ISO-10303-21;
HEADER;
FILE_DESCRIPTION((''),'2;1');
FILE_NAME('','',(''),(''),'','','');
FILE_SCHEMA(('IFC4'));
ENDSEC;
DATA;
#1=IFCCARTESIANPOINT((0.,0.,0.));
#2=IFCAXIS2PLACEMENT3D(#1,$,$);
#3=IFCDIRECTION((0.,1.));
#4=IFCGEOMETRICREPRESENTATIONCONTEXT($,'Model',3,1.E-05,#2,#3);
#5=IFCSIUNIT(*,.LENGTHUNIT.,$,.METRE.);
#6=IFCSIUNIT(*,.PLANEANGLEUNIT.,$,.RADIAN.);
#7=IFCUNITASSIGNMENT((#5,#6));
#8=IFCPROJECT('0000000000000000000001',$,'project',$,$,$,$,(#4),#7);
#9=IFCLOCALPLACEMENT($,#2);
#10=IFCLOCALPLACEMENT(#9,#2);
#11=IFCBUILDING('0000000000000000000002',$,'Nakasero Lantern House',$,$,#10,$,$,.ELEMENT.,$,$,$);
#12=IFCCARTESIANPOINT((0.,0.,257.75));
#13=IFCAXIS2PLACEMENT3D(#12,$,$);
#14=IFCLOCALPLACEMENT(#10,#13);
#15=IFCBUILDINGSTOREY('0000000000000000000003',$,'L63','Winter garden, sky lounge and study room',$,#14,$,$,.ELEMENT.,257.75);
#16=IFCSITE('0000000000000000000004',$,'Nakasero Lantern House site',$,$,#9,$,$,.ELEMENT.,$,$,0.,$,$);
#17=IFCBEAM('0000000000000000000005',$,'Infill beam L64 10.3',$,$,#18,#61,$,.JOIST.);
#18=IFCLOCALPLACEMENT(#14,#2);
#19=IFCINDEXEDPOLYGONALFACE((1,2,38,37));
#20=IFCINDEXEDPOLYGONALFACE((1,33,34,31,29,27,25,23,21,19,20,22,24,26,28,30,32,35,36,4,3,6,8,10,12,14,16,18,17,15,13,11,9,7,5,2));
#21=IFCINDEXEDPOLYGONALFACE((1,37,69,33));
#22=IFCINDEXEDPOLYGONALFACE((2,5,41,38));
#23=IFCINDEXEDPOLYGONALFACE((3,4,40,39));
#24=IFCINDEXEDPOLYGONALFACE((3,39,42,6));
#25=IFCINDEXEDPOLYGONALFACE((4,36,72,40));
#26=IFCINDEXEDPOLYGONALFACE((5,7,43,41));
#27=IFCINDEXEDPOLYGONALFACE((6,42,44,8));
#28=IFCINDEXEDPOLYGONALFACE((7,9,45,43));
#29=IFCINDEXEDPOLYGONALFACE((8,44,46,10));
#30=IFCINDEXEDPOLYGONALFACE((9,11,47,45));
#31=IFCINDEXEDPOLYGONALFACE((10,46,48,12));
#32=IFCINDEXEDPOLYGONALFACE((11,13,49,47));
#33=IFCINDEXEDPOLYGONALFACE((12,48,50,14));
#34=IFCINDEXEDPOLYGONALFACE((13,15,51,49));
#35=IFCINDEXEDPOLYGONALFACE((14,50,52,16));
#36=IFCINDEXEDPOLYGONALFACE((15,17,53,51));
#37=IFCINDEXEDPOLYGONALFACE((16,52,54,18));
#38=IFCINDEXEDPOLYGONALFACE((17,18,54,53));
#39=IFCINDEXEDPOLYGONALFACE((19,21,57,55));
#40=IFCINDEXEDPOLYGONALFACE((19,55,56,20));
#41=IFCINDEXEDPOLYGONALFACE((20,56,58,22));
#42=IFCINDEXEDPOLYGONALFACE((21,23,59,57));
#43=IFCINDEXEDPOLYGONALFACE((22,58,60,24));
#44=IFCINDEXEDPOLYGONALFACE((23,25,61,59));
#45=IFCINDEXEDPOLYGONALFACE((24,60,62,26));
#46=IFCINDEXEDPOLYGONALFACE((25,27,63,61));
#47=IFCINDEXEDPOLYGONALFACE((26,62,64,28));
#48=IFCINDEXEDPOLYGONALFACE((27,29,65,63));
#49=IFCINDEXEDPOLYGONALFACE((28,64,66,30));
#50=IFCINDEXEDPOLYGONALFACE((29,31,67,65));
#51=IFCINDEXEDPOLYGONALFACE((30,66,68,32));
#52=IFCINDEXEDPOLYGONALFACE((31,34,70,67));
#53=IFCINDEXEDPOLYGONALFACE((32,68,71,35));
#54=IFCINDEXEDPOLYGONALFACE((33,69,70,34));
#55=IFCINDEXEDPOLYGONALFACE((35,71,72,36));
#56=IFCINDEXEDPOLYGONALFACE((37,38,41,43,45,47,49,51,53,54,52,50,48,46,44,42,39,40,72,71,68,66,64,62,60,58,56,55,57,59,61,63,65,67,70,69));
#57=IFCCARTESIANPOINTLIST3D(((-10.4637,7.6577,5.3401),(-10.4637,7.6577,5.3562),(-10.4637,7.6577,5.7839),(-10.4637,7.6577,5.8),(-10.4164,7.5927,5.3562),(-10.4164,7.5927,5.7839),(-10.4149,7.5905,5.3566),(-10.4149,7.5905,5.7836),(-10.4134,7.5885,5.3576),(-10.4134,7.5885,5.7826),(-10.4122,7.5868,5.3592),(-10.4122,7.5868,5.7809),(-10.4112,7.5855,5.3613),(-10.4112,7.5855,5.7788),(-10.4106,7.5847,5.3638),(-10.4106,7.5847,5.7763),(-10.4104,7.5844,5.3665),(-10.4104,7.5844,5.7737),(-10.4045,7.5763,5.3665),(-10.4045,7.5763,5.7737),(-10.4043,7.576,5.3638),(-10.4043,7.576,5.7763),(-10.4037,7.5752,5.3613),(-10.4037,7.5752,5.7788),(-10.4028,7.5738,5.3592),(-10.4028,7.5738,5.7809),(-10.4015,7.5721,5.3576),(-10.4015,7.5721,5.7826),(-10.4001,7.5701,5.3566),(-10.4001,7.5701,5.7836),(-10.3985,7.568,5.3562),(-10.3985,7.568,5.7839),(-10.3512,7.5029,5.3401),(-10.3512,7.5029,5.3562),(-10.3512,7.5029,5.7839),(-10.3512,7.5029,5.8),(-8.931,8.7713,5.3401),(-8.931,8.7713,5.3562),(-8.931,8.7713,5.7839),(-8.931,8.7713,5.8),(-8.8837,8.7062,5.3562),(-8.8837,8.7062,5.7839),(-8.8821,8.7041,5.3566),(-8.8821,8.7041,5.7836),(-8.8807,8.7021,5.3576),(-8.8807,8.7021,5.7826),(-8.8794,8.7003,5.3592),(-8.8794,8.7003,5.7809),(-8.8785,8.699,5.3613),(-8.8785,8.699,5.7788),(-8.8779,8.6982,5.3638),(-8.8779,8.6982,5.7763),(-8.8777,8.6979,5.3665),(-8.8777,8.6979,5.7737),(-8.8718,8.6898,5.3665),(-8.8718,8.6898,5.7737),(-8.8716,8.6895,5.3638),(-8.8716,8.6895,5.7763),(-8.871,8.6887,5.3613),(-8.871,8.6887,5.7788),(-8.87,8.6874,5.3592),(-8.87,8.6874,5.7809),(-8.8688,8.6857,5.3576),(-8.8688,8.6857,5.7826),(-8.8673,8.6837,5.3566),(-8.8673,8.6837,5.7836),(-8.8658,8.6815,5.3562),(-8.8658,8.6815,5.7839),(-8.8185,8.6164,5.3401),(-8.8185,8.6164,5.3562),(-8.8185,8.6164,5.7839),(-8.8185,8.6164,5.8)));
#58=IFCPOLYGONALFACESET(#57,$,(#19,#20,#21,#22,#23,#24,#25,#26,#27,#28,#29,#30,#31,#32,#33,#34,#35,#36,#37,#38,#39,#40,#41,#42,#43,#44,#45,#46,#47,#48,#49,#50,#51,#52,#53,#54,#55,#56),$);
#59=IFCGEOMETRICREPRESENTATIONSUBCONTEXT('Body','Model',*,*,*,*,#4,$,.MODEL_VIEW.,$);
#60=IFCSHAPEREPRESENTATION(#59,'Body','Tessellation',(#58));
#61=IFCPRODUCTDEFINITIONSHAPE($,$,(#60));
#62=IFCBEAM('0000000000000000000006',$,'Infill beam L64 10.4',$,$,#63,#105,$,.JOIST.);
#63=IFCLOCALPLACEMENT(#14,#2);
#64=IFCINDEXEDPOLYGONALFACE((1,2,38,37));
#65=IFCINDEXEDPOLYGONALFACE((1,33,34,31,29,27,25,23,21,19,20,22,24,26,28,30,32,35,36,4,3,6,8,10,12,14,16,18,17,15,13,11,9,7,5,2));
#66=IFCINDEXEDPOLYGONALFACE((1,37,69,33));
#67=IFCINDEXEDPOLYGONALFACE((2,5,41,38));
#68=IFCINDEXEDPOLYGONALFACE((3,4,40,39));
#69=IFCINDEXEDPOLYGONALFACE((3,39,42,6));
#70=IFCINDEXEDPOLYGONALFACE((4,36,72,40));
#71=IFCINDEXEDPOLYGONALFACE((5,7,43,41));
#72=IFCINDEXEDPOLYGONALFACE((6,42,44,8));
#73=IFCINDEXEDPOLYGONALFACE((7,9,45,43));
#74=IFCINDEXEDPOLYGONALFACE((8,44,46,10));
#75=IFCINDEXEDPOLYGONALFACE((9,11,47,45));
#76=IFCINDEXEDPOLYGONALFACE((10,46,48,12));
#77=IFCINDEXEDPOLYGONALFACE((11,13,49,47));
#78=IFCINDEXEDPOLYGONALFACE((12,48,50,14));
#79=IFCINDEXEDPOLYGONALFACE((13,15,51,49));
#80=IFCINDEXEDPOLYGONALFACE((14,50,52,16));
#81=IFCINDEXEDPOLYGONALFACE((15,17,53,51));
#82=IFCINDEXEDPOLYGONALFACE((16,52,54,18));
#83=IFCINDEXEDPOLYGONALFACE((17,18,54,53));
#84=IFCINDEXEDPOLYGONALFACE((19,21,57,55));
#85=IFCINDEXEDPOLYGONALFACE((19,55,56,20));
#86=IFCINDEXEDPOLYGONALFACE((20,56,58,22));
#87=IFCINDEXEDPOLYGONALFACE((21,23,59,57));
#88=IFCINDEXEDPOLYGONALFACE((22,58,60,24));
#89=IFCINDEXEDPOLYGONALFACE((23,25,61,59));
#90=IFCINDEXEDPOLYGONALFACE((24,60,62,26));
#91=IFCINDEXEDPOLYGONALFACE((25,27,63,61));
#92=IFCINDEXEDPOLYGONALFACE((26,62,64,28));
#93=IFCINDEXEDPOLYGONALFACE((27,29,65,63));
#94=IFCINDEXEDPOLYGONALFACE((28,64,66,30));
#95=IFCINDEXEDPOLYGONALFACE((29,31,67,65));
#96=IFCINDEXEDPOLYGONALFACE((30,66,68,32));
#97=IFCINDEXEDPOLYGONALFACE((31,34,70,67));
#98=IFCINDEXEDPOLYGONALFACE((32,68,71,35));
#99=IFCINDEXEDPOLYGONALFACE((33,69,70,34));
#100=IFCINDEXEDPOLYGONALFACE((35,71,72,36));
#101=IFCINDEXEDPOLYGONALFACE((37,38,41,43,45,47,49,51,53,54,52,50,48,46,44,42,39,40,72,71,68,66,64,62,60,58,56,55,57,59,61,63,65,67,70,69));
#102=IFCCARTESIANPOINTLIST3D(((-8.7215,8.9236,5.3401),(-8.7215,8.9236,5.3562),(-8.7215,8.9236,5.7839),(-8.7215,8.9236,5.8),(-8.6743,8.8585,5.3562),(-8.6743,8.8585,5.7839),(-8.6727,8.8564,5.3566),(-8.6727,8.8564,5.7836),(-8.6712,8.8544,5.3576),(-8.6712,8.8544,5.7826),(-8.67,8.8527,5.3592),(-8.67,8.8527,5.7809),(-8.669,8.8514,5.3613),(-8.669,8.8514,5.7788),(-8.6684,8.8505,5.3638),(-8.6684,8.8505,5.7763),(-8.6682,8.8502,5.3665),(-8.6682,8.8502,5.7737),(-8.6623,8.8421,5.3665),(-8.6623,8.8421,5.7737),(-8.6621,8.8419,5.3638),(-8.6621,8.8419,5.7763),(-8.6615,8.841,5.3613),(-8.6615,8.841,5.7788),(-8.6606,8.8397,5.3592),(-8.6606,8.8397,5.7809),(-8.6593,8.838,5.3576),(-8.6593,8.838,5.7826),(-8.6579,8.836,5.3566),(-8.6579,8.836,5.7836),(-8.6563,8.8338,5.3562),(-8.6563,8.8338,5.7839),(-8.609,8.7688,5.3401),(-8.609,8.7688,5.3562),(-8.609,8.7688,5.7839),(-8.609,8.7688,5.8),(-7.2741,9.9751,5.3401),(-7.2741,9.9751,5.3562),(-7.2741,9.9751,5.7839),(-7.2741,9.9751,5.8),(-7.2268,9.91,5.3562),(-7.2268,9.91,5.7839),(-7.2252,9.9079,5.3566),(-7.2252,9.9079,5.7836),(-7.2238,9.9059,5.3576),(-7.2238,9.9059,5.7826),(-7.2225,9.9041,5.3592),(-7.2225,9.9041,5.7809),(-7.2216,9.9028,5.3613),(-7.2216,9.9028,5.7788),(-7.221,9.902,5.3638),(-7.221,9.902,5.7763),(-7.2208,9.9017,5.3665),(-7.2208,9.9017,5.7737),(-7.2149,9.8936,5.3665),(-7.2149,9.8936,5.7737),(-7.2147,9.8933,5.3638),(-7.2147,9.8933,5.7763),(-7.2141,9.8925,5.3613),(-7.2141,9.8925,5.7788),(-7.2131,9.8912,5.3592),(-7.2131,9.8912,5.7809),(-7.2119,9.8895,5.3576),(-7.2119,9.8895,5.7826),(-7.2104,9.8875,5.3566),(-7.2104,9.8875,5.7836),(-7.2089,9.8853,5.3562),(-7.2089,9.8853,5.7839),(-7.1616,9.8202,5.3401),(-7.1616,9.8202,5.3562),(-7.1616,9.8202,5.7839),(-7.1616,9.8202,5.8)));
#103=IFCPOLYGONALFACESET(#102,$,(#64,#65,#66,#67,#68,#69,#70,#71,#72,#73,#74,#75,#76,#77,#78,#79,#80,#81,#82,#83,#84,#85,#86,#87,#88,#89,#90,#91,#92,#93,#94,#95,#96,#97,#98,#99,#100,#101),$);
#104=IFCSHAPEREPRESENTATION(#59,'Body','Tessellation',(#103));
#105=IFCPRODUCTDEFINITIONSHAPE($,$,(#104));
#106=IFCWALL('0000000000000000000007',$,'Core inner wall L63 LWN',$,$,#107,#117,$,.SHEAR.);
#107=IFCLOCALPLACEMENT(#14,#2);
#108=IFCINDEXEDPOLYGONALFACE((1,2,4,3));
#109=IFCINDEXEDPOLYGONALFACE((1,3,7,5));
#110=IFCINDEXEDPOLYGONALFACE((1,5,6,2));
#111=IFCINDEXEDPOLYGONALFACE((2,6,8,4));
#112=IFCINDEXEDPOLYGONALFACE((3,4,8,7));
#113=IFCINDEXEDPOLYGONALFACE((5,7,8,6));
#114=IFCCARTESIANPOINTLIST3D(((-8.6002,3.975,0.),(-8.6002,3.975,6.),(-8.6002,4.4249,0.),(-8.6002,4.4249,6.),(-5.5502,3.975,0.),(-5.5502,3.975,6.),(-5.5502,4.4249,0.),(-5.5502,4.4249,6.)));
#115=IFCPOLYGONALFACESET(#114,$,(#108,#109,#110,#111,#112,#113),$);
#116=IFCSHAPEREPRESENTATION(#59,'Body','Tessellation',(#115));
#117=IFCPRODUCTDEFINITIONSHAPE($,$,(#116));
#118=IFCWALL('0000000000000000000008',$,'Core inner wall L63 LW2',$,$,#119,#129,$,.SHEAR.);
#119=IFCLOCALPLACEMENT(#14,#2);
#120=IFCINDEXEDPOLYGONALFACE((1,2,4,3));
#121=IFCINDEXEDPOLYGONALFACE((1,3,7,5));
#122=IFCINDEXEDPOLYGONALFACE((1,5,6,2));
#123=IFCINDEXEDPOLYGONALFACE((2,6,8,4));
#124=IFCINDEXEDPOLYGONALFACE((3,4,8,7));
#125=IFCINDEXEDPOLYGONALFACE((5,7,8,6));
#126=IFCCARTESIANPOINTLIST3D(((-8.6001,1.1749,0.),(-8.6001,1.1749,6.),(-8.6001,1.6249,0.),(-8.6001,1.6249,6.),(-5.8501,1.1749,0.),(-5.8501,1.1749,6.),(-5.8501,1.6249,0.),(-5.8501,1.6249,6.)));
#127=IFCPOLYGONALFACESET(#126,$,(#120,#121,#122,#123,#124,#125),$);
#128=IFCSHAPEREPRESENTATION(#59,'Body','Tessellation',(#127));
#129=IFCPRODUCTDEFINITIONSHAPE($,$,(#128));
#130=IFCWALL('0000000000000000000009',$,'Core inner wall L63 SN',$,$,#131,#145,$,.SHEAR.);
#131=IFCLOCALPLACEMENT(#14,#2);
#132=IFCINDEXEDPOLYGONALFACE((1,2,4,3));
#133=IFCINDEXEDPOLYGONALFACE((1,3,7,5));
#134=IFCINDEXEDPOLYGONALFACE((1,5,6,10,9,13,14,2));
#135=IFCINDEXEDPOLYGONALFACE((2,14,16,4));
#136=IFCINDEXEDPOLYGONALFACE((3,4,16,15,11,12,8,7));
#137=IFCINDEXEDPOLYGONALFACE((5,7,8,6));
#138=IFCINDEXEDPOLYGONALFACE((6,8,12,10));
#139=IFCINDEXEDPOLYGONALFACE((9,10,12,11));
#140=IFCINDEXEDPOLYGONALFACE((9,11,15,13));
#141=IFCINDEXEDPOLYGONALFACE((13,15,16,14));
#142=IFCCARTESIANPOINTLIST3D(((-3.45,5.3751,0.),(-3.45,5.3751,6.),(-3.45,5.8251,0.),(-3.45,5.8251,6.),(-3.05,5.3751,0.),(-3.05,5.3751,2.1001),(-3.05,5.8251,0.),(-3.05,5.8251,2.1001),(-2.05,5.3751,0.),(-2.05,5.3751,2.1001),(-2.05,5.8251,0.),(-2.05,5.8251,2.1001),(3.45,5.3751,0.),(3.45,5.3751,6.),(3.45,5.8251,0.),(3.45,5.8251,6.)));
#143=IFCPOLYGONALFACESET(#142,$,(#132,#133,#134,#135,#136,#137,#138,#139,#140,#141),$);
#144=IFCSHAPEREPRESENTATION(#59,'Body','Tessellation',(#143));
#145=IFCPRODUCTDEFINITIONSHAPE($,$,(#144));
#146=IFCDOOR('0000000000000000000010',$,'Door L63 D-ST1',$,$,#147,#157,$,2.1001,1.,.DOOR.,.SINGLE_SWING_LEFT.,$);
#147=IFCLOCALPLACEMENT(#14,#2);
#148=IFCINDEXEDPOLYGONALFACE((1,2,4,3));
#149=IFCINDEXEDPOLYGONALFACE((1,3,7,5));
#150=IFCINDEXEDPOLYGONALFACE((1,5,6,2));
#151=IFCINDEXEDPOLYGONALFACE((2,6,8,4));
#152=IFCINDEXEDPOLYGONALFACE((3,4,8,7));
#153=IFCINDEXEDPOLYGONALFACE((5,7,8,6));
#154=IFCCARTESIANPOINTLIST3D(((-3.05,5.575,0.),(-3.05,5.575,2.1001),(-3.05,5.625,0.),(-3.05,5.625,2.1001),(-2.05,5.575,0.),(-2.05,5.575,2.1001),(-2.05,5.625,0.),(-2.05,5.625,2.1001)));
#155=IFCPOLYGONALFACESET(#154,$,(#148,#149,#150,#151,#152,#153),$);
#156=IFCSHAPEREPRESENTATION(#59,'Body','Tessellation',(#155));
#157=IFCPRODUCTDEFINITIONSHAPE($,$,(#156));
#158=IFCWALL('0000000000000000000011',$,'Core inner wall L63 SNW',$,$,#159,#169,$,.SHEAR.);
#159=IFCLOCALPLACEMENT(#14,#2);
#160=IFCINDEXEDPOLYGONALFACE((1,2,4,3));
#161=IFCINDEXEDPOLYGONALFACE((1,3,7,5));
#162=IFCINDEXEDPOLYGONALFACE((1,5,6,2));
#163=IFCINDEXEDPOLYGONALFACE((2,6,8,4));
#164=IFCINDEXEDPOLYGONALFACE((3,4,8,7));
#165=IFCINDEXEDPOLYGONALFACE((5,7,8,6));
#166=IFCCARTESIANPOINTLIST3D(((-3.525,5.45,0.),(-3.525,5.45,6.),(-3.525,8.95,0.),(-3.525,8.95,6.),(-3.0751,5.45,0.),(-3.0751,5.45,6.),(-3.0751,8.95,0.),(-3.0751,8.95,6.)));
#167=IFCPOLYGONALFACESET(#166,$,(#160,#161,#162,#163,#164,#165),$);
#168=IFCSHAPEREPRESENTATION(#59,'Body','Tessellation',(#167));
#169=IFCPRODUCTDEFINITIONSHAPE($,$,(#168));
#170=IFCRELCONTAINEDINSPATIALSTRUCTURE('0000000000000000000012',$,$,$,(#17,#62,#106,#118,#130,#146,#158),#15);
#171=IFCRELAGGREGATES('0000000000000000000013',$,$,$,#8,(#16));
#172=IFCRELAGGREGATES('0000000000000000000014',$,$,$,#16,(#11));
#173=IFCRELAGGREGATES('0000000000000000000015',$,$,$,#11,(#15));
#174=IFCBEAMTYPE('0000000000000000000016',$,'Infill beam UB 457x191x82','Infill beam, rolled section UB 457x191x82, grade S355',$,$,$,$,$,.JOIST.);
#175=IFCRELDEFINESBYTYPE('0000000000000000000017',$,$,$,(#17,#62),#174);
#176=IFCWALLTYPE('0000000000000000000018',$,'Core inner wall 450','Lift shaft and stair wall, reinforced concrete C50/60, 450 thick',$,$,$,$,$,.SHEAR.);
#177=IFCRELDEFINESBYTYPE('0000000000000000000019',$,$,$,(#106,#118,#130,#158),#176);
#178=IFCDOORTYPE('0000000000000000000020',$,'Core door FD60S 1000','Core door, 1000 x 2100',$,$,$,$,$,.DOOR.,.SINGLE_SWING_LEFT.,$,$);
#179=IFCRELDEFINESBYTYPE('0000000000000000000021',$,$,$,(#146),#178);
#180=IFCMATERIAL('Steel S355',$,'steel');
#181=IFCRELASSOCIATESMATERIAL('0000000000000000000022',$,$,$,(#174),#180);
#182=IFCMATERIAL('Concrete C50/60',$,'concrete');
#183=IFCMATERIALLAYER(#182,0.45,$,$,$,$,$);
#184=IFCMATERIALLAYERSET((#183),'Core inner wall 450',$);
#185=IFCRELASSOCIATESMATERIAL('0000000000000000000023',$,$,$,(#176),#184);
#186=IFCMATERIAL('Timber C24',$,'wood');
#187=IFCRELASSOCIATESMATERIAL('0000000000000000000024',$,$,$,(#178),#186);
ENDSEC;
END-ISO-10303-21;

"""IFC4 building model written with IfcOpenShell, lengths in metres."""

from ifc_helpers import new_model, si_unit, direction, frame, frame_2d, origin, origin_2d, place, context, subcontext, project, spatial, rectangle, i_section, extrude, material, layer, layer_set, material_profile, profile_set, type_object, element, fill, save


model = new_model("IFC4")

# Units and contexts
model_context = context("Model", 3, precision=1e-05, world=origin(), true_north=direction((0.0, 1.0)))
body_context = subcontext(model_context, "Body", "Model", "MODEL_VIEW")
ifc_project = project(units=[si_unit("LENGTHUNIT", "METRE"), si_unit("PLANEANGLEUNIT", "RADIAN")], contexts=[model_context])

# Site, building, storey
site_placement = place(None, origin())
site = spatial("IfcSite", under=ifc_project, at=site_placement, Name="Nakasero Lantern House site", CompositionType="ELEMENT", RefElevation=0.0)
building_placement = place(site_placement, origin())
building = spatial("IfcBuilding", under=site, at=building_placement, Name="Nakasero Lantern House", CompositionType="ELEMENT")
storey_placement = place(building_placement, frame((0.0, 0.0, 257.75)))
storey = spatial("IfcBuildingStorey", under=building, at=storey_placement, Name="L63", Description="Winter garden, sky lounge and study room", CompositionType="ELEMENT", Elevation=257.75)

# Beams
ifc_material_1 = material(Name="Steel S355", Category="steel")
ifc_material_profile = material_profile(ifc_material_1, i_section(OverallWidth=0.1914, OverallDepth=0.46, WebThickness=0.01, FlangeThickness=0.0161, FilletRadius=0.0103, at=origin_2d()), Name="UB 457x191x82")
ifc_profile_set = profile_set([ifc_material_profile], Name="Steel S355")
beam_type = type_object("IfcBeamType", Name="Infill beam UB 457x191x82", Description="Infill beam, rolled section UB 457x191x82, grade S355", PredefinedType="JOIST", material=ifc_profile_set)
beam_1_placement = place(storey_placement, frame((-10.4075, 7.5803, 5.5701), z_axis=(0.809031, 0.587766, 0.0), x_axis=(-0.587766, 0.809031, 0.0)))
element("IfcBeam", 1, at=beam_1_placement, inside=storey, type_object=beam_type, Name="Infill beam L64 10.3", PredefinedType="JOIST", context=body_context, shape_type="SweptSolid", body=[
    extrude(i_section(OverallWidth=0.1914, OverallDepth=0.46, WebThickness=0.01, FlangeThickness=0.0161, FilletRadius=0.0103, at=origin_2d()), origin(), (0.0, 0.0, 1.0), 1.8945),
])
beam_2_placement = place(storey_placement, frame((-8.6653, 8.8462, 5.5701), z_axis=(0.809061, 0.587725, 0.0), x_axis=(-0.587725, 0.809061, 0.0)))
element("IfcBeam", 2, at=beam_2_placement, inside=storey, type_object=beam_type, Name="Infill beam L64 10.4", PredefinedType="JOIST", context=body_context, shape_type="SweptSolid", body=[
    extrude(i_section(OverallWidth=0.1914, OverallDepth=0.46, WebThickness=0.01, FlangeThickness=0.0161, FilletRadius=0.0103, at=origin_2d()), origin(), (0.0, 0.0, 1.0), 1.7891),
])

# Walls
ifc_material_2 = material(Name="Concrete C50/60", Category="concrete")
ifc_layer_1 = layer(ifc_material_2, 0.45)
ifc_layer_set_1 = layer_set([ifc_layer_1], Name="Core inner wall 450")
wall_type_1 = type_object("IfcWallType", Name="Core inner wall 450", Description="Lift shaft and stair wall, reinforced concrete C50/60, 450 thick", PredefinedType="SHEAR", material=ifc_layer_set_1)
wall_1_placement = place(storey_placement, frame((-8.6001, 4.2, 0.0), z_axis=(0.0, 0.0, 1.0), x_axis=(1.0, 0.0, 0.0)))
element("IfcWall", 3, at=wall_1_placement, inside=storey, type_object=wall_type_1, Name="Core inner wall L63 LWN", PredefinedType="SHEAR", context=body_context, shape_type="SweptSolid", body=[
    extrude(rectangle(XDim=3.05, YDim=0.45, at=frame_2d((1.5249, 0.0))), origin(), (0.0, 0.0, 1.0), 6.0),
])
wall_2_placement = place(storey_placement, frame((-8.6001, 1.3999, 0.0), z_axis=(0.0, 0.0, 1.0), x_axis=(1.0, 0.0, 0.0)))
element("IfcWall", 4, at=wall_2_placement, inside=storey, type_object=wall_type_1, Name="Core inner wall L63 LW2", PredefinedType="SHEAR", context=body_context, shape_type="SweptSolid", body=[
    extrude(rectangle(XDim=2.75, YDim=0.45, at=frame_2d((1.375, 0.0))), origin(), (0.0, 0.0, 1.0), 6.0),
])

# Wall, opening, door
wall_3_placement = place(storey_placement, frame((-3.45, 5.6001, 0.0), z_axis=(0.0, 0.0, 1.0), x_axis=(1.0, 0.0, 0.0)))
wall_3 = element("IfcWall", 5, at=wall_3_placement, inside=storey, type_object=wall_type_1, Name="Core inner wall L63 SN", PredefinedType="SHEAR", context=body_context, shape_type="SweptSolid", body=[
    extrude(rectangle(XDim=6.8999, YDim=0.45, at=frame_2d((3.45, 0.0))), origin(), (0.0, 0.0, 1.0), 6.0),
])
opening_1_placement = place(wall_3_placement, frame((0.3999, 0.0, 0.0)))
opening_1 = element("IfcOpeningElement", 6, at=opening_1_placement, cuts=wall_3, PredefinedType="OPENING", context=body_context, shape_type="SweptSolid", body=[
    extrude(rectangle(XDim=1.0, YDim=2.1001, at=frame_2d((0.5, 1.05))), frame((0.0, 0.2449, 0.0), z_axis=(0.0, -1.0, 0.0), x_axis=(1.0, 0.0, 0.0)), (0.0, 0.0, 1.0), 0.49),
])
ifc_material_3 = material(Name="Timber C24", Category="wood")
door_type_1 = type_object("IfcDoorType", Name="Core door FD60S 1000", Description="Core door, 1000 x 2100", OperationType="SINGLE_SWING_LEFT", PredefinedType="DOOR", material=ifc_material_3)
door_1_placement = place(opening_1_placement, origin())
door_1 = element("IfcDoor", 7, at=door_1_placement, inside=storey, type_object=door_type_1, Name="Door L63 D-ST1", OperationType="SINGLE_SWING_LEFT", OverallHeight=2.1001, OverallWidth=1.0, PredefinedType="DOOR", context=body_context, shape_type="SweptSolid", body=[
    extrude(rectangle(XDim=1.0, YDim=2.1001, at=frame_2d((0.5, 1.05))), frame((0.0, 0.0249, 0.0), z_axis=(0.0, -1.0, 0.0), x_axis=(1.0, 0.0, 0.0)), (0.0, 0.0, 1.0), 0.05),
])
fill(opening_1, door_1)

# Wall
wall_4_placement = place(storey_placement, frame((-3.3, 5.45, 0.0), z_axis=(0.0, 0.0, 1.0), x_axis=(0.0, 1.0, 0.0)))
element("IfcWall", 8, at=wall_4_placement, inside=storey, type_object=wall_type_1, Name="Core inner wall L63 SNW", PredefinedType="SHEAR", context=body_context, shape_type="SweptSolid", body=[
    extrude(rectangle(XDim=3.5, YDim=0.45, at=frame_2d((1.75, 0.0))), origin(), (0.0, 0.0, 1.0), 6.0),
])

save(model, "model.ifc")
